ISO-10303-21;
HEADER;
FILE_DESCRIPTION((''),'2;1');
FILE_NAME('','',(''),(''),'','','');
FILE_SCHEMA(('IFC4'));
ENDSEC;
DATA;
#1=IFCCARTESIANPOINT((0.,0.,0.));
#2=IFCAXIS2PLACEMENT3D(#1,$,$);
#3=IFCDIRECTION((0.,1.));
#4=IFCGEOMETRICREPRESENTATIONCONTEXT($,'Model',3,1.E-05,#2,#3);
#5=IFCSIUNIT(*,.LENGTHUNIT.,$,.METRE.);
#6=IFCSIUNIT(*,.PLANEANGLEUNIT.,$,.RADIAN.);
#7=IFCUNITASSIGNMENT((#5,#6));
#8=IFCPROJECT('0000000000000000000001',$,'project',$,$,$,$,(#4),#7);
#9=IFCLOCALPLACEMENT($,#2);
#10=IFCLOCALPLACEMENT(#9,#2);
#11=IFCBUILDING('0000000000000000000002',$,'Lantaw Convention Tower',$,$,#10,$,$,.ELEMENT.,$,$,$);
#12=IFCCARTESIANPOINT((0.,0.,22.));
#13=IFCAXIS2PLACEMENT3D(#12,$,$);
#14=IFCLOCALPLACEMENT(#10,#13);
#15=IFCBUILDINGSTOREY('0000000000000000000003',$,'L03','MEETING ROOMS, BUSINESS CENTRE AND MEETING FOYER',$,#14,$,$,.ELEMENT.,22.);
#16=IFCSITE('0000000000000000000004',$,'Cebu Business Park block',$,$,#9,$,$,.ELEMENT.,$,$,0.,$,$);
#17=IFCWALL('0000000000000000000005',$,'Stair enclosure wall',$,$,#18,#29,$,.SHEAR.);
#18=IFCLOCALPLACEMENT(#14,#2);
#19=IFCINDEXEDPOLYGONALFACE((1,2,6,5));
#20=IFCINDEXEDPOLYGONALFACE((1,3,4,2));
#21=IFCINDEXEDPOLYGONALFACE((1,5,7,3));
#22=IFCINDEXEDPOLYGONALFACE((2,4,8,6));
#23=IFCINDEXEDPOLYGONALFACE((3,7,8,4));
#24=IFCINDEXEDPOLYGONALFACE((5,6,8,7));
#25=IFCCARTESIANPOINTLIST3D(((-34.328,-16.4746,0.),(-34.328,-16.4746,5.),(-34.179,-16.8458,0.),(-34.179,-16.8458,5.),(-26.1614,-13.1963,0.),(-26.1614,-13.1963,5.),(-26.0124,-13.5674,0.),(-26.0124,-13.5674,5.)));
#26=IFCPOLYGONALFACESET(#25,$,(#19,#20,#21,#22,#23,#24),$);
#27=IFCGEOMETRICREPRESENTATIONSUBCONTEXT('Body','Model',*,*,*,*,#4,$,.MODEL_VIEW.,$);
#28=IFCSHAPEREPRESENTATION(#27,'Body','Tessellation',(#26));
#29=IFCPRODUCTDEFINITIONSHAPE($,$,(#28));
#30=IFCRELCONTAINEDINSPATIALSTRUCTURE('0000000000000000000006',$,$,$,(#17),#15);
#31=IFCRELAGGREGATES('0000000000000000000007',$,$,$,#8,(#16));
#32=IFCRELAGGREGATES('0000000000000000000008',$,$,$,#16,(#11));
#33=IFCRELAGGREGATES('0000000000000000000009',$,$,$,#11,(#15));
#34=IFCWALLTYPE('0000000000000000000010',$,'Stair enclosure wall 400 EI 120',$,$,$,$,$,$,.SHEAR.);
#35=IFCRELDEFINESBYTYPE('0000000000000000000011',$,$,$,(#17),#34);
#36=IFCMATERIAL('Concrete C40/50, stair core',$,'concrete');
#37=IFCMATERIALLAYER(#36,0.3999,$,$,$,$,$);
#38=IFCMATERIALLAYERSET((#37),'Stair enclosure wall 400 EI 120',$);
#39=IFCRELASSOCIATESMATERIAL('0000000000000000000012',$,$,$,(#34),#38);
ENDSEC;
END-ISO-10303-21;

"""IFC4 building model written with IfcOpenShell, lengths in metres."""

from ifc_helpers import new_model, si_unit, direction, frame, frame_2d, origin, place, context, subcontext, project, spatial, rectangle, extrude, material, layer, layer_set, type_object, element, save


model = new_model("IFC4")

# Units and contexts
model_context = context("Model", 3, precision=1e-05, world=origin(), true_north=direction((0.0, 1.0)))
body_context = subcontext(model_context, "Body", "Model", "MODEL_VIEW")
ifc_project = project(units=[si_unit("LENGTHUNIT", "METRE"), si_unit("PLANEANGLEUNIT", "RADIAN")], contexts=[model_context])

# Site, building, storey
site_placement = place(None, origin())
site = spatial("IfcSite", under=ifc_project, at=site_placement, Name="Cebu Business Park block", CompositionType="ELEMENT", RefElevation=0.0)
building_placement = place(site_placement, origin())
building = spatial("IfcBuilding", under=site, at=building_placement, Name="Lantaw Convention Tower", CompositionType="ELEMENT")
storey_placement = place(building_placement, frame((0.0, 0.0, 22.0)))
storey = spatial("IfcBuildingStorey", under=building, at=storey_placement, Name="L03", Description="MEETING ROOMS, BUSINESS CENTRE AND MEETING FOYER", CompositionType="ELEMENT", Elevation=22.0)

# Shared definitions
ifc_material_1 = material(Name="Concrete C40/50, stair core", Category="concrete")
ifc_layer_1 = layer(ifc_material_1, 0.3999)
ifc_layer_set_1 = layer_set([ifc_layer_1], Name="Stair enclosure wall 400 EI 120")
wall_type_1 = type_object("IfcWallType", Name="Stair enclosure wall 400 EI 120", PredefinedType="SHEAR", material=ifc_layer_set_1)

# Wall
wall_1_placement = place(storey_placement, frame((-34.2534, -16.6602, 0.0), z_axis=(0.0, 0.0, 1.0), x_axis=(0.928017, 0.372538, 0.0)))
element("IfcWall", 1, at=wall_1_placement, inside=storey, type_object=wall_type_1, Name="Stair enclosure wall", PredefinedType="SHEAR", context=body_context, shape_type="SweptSolid", body=[
    extrude(rectangle(XDim=8.8, YDim=0.3999, at=frame_2d((4.3999, 0.0))), origin(), (0.0, 0.0, 1.0), 5.0),
])

save(model, "model.ifc")
